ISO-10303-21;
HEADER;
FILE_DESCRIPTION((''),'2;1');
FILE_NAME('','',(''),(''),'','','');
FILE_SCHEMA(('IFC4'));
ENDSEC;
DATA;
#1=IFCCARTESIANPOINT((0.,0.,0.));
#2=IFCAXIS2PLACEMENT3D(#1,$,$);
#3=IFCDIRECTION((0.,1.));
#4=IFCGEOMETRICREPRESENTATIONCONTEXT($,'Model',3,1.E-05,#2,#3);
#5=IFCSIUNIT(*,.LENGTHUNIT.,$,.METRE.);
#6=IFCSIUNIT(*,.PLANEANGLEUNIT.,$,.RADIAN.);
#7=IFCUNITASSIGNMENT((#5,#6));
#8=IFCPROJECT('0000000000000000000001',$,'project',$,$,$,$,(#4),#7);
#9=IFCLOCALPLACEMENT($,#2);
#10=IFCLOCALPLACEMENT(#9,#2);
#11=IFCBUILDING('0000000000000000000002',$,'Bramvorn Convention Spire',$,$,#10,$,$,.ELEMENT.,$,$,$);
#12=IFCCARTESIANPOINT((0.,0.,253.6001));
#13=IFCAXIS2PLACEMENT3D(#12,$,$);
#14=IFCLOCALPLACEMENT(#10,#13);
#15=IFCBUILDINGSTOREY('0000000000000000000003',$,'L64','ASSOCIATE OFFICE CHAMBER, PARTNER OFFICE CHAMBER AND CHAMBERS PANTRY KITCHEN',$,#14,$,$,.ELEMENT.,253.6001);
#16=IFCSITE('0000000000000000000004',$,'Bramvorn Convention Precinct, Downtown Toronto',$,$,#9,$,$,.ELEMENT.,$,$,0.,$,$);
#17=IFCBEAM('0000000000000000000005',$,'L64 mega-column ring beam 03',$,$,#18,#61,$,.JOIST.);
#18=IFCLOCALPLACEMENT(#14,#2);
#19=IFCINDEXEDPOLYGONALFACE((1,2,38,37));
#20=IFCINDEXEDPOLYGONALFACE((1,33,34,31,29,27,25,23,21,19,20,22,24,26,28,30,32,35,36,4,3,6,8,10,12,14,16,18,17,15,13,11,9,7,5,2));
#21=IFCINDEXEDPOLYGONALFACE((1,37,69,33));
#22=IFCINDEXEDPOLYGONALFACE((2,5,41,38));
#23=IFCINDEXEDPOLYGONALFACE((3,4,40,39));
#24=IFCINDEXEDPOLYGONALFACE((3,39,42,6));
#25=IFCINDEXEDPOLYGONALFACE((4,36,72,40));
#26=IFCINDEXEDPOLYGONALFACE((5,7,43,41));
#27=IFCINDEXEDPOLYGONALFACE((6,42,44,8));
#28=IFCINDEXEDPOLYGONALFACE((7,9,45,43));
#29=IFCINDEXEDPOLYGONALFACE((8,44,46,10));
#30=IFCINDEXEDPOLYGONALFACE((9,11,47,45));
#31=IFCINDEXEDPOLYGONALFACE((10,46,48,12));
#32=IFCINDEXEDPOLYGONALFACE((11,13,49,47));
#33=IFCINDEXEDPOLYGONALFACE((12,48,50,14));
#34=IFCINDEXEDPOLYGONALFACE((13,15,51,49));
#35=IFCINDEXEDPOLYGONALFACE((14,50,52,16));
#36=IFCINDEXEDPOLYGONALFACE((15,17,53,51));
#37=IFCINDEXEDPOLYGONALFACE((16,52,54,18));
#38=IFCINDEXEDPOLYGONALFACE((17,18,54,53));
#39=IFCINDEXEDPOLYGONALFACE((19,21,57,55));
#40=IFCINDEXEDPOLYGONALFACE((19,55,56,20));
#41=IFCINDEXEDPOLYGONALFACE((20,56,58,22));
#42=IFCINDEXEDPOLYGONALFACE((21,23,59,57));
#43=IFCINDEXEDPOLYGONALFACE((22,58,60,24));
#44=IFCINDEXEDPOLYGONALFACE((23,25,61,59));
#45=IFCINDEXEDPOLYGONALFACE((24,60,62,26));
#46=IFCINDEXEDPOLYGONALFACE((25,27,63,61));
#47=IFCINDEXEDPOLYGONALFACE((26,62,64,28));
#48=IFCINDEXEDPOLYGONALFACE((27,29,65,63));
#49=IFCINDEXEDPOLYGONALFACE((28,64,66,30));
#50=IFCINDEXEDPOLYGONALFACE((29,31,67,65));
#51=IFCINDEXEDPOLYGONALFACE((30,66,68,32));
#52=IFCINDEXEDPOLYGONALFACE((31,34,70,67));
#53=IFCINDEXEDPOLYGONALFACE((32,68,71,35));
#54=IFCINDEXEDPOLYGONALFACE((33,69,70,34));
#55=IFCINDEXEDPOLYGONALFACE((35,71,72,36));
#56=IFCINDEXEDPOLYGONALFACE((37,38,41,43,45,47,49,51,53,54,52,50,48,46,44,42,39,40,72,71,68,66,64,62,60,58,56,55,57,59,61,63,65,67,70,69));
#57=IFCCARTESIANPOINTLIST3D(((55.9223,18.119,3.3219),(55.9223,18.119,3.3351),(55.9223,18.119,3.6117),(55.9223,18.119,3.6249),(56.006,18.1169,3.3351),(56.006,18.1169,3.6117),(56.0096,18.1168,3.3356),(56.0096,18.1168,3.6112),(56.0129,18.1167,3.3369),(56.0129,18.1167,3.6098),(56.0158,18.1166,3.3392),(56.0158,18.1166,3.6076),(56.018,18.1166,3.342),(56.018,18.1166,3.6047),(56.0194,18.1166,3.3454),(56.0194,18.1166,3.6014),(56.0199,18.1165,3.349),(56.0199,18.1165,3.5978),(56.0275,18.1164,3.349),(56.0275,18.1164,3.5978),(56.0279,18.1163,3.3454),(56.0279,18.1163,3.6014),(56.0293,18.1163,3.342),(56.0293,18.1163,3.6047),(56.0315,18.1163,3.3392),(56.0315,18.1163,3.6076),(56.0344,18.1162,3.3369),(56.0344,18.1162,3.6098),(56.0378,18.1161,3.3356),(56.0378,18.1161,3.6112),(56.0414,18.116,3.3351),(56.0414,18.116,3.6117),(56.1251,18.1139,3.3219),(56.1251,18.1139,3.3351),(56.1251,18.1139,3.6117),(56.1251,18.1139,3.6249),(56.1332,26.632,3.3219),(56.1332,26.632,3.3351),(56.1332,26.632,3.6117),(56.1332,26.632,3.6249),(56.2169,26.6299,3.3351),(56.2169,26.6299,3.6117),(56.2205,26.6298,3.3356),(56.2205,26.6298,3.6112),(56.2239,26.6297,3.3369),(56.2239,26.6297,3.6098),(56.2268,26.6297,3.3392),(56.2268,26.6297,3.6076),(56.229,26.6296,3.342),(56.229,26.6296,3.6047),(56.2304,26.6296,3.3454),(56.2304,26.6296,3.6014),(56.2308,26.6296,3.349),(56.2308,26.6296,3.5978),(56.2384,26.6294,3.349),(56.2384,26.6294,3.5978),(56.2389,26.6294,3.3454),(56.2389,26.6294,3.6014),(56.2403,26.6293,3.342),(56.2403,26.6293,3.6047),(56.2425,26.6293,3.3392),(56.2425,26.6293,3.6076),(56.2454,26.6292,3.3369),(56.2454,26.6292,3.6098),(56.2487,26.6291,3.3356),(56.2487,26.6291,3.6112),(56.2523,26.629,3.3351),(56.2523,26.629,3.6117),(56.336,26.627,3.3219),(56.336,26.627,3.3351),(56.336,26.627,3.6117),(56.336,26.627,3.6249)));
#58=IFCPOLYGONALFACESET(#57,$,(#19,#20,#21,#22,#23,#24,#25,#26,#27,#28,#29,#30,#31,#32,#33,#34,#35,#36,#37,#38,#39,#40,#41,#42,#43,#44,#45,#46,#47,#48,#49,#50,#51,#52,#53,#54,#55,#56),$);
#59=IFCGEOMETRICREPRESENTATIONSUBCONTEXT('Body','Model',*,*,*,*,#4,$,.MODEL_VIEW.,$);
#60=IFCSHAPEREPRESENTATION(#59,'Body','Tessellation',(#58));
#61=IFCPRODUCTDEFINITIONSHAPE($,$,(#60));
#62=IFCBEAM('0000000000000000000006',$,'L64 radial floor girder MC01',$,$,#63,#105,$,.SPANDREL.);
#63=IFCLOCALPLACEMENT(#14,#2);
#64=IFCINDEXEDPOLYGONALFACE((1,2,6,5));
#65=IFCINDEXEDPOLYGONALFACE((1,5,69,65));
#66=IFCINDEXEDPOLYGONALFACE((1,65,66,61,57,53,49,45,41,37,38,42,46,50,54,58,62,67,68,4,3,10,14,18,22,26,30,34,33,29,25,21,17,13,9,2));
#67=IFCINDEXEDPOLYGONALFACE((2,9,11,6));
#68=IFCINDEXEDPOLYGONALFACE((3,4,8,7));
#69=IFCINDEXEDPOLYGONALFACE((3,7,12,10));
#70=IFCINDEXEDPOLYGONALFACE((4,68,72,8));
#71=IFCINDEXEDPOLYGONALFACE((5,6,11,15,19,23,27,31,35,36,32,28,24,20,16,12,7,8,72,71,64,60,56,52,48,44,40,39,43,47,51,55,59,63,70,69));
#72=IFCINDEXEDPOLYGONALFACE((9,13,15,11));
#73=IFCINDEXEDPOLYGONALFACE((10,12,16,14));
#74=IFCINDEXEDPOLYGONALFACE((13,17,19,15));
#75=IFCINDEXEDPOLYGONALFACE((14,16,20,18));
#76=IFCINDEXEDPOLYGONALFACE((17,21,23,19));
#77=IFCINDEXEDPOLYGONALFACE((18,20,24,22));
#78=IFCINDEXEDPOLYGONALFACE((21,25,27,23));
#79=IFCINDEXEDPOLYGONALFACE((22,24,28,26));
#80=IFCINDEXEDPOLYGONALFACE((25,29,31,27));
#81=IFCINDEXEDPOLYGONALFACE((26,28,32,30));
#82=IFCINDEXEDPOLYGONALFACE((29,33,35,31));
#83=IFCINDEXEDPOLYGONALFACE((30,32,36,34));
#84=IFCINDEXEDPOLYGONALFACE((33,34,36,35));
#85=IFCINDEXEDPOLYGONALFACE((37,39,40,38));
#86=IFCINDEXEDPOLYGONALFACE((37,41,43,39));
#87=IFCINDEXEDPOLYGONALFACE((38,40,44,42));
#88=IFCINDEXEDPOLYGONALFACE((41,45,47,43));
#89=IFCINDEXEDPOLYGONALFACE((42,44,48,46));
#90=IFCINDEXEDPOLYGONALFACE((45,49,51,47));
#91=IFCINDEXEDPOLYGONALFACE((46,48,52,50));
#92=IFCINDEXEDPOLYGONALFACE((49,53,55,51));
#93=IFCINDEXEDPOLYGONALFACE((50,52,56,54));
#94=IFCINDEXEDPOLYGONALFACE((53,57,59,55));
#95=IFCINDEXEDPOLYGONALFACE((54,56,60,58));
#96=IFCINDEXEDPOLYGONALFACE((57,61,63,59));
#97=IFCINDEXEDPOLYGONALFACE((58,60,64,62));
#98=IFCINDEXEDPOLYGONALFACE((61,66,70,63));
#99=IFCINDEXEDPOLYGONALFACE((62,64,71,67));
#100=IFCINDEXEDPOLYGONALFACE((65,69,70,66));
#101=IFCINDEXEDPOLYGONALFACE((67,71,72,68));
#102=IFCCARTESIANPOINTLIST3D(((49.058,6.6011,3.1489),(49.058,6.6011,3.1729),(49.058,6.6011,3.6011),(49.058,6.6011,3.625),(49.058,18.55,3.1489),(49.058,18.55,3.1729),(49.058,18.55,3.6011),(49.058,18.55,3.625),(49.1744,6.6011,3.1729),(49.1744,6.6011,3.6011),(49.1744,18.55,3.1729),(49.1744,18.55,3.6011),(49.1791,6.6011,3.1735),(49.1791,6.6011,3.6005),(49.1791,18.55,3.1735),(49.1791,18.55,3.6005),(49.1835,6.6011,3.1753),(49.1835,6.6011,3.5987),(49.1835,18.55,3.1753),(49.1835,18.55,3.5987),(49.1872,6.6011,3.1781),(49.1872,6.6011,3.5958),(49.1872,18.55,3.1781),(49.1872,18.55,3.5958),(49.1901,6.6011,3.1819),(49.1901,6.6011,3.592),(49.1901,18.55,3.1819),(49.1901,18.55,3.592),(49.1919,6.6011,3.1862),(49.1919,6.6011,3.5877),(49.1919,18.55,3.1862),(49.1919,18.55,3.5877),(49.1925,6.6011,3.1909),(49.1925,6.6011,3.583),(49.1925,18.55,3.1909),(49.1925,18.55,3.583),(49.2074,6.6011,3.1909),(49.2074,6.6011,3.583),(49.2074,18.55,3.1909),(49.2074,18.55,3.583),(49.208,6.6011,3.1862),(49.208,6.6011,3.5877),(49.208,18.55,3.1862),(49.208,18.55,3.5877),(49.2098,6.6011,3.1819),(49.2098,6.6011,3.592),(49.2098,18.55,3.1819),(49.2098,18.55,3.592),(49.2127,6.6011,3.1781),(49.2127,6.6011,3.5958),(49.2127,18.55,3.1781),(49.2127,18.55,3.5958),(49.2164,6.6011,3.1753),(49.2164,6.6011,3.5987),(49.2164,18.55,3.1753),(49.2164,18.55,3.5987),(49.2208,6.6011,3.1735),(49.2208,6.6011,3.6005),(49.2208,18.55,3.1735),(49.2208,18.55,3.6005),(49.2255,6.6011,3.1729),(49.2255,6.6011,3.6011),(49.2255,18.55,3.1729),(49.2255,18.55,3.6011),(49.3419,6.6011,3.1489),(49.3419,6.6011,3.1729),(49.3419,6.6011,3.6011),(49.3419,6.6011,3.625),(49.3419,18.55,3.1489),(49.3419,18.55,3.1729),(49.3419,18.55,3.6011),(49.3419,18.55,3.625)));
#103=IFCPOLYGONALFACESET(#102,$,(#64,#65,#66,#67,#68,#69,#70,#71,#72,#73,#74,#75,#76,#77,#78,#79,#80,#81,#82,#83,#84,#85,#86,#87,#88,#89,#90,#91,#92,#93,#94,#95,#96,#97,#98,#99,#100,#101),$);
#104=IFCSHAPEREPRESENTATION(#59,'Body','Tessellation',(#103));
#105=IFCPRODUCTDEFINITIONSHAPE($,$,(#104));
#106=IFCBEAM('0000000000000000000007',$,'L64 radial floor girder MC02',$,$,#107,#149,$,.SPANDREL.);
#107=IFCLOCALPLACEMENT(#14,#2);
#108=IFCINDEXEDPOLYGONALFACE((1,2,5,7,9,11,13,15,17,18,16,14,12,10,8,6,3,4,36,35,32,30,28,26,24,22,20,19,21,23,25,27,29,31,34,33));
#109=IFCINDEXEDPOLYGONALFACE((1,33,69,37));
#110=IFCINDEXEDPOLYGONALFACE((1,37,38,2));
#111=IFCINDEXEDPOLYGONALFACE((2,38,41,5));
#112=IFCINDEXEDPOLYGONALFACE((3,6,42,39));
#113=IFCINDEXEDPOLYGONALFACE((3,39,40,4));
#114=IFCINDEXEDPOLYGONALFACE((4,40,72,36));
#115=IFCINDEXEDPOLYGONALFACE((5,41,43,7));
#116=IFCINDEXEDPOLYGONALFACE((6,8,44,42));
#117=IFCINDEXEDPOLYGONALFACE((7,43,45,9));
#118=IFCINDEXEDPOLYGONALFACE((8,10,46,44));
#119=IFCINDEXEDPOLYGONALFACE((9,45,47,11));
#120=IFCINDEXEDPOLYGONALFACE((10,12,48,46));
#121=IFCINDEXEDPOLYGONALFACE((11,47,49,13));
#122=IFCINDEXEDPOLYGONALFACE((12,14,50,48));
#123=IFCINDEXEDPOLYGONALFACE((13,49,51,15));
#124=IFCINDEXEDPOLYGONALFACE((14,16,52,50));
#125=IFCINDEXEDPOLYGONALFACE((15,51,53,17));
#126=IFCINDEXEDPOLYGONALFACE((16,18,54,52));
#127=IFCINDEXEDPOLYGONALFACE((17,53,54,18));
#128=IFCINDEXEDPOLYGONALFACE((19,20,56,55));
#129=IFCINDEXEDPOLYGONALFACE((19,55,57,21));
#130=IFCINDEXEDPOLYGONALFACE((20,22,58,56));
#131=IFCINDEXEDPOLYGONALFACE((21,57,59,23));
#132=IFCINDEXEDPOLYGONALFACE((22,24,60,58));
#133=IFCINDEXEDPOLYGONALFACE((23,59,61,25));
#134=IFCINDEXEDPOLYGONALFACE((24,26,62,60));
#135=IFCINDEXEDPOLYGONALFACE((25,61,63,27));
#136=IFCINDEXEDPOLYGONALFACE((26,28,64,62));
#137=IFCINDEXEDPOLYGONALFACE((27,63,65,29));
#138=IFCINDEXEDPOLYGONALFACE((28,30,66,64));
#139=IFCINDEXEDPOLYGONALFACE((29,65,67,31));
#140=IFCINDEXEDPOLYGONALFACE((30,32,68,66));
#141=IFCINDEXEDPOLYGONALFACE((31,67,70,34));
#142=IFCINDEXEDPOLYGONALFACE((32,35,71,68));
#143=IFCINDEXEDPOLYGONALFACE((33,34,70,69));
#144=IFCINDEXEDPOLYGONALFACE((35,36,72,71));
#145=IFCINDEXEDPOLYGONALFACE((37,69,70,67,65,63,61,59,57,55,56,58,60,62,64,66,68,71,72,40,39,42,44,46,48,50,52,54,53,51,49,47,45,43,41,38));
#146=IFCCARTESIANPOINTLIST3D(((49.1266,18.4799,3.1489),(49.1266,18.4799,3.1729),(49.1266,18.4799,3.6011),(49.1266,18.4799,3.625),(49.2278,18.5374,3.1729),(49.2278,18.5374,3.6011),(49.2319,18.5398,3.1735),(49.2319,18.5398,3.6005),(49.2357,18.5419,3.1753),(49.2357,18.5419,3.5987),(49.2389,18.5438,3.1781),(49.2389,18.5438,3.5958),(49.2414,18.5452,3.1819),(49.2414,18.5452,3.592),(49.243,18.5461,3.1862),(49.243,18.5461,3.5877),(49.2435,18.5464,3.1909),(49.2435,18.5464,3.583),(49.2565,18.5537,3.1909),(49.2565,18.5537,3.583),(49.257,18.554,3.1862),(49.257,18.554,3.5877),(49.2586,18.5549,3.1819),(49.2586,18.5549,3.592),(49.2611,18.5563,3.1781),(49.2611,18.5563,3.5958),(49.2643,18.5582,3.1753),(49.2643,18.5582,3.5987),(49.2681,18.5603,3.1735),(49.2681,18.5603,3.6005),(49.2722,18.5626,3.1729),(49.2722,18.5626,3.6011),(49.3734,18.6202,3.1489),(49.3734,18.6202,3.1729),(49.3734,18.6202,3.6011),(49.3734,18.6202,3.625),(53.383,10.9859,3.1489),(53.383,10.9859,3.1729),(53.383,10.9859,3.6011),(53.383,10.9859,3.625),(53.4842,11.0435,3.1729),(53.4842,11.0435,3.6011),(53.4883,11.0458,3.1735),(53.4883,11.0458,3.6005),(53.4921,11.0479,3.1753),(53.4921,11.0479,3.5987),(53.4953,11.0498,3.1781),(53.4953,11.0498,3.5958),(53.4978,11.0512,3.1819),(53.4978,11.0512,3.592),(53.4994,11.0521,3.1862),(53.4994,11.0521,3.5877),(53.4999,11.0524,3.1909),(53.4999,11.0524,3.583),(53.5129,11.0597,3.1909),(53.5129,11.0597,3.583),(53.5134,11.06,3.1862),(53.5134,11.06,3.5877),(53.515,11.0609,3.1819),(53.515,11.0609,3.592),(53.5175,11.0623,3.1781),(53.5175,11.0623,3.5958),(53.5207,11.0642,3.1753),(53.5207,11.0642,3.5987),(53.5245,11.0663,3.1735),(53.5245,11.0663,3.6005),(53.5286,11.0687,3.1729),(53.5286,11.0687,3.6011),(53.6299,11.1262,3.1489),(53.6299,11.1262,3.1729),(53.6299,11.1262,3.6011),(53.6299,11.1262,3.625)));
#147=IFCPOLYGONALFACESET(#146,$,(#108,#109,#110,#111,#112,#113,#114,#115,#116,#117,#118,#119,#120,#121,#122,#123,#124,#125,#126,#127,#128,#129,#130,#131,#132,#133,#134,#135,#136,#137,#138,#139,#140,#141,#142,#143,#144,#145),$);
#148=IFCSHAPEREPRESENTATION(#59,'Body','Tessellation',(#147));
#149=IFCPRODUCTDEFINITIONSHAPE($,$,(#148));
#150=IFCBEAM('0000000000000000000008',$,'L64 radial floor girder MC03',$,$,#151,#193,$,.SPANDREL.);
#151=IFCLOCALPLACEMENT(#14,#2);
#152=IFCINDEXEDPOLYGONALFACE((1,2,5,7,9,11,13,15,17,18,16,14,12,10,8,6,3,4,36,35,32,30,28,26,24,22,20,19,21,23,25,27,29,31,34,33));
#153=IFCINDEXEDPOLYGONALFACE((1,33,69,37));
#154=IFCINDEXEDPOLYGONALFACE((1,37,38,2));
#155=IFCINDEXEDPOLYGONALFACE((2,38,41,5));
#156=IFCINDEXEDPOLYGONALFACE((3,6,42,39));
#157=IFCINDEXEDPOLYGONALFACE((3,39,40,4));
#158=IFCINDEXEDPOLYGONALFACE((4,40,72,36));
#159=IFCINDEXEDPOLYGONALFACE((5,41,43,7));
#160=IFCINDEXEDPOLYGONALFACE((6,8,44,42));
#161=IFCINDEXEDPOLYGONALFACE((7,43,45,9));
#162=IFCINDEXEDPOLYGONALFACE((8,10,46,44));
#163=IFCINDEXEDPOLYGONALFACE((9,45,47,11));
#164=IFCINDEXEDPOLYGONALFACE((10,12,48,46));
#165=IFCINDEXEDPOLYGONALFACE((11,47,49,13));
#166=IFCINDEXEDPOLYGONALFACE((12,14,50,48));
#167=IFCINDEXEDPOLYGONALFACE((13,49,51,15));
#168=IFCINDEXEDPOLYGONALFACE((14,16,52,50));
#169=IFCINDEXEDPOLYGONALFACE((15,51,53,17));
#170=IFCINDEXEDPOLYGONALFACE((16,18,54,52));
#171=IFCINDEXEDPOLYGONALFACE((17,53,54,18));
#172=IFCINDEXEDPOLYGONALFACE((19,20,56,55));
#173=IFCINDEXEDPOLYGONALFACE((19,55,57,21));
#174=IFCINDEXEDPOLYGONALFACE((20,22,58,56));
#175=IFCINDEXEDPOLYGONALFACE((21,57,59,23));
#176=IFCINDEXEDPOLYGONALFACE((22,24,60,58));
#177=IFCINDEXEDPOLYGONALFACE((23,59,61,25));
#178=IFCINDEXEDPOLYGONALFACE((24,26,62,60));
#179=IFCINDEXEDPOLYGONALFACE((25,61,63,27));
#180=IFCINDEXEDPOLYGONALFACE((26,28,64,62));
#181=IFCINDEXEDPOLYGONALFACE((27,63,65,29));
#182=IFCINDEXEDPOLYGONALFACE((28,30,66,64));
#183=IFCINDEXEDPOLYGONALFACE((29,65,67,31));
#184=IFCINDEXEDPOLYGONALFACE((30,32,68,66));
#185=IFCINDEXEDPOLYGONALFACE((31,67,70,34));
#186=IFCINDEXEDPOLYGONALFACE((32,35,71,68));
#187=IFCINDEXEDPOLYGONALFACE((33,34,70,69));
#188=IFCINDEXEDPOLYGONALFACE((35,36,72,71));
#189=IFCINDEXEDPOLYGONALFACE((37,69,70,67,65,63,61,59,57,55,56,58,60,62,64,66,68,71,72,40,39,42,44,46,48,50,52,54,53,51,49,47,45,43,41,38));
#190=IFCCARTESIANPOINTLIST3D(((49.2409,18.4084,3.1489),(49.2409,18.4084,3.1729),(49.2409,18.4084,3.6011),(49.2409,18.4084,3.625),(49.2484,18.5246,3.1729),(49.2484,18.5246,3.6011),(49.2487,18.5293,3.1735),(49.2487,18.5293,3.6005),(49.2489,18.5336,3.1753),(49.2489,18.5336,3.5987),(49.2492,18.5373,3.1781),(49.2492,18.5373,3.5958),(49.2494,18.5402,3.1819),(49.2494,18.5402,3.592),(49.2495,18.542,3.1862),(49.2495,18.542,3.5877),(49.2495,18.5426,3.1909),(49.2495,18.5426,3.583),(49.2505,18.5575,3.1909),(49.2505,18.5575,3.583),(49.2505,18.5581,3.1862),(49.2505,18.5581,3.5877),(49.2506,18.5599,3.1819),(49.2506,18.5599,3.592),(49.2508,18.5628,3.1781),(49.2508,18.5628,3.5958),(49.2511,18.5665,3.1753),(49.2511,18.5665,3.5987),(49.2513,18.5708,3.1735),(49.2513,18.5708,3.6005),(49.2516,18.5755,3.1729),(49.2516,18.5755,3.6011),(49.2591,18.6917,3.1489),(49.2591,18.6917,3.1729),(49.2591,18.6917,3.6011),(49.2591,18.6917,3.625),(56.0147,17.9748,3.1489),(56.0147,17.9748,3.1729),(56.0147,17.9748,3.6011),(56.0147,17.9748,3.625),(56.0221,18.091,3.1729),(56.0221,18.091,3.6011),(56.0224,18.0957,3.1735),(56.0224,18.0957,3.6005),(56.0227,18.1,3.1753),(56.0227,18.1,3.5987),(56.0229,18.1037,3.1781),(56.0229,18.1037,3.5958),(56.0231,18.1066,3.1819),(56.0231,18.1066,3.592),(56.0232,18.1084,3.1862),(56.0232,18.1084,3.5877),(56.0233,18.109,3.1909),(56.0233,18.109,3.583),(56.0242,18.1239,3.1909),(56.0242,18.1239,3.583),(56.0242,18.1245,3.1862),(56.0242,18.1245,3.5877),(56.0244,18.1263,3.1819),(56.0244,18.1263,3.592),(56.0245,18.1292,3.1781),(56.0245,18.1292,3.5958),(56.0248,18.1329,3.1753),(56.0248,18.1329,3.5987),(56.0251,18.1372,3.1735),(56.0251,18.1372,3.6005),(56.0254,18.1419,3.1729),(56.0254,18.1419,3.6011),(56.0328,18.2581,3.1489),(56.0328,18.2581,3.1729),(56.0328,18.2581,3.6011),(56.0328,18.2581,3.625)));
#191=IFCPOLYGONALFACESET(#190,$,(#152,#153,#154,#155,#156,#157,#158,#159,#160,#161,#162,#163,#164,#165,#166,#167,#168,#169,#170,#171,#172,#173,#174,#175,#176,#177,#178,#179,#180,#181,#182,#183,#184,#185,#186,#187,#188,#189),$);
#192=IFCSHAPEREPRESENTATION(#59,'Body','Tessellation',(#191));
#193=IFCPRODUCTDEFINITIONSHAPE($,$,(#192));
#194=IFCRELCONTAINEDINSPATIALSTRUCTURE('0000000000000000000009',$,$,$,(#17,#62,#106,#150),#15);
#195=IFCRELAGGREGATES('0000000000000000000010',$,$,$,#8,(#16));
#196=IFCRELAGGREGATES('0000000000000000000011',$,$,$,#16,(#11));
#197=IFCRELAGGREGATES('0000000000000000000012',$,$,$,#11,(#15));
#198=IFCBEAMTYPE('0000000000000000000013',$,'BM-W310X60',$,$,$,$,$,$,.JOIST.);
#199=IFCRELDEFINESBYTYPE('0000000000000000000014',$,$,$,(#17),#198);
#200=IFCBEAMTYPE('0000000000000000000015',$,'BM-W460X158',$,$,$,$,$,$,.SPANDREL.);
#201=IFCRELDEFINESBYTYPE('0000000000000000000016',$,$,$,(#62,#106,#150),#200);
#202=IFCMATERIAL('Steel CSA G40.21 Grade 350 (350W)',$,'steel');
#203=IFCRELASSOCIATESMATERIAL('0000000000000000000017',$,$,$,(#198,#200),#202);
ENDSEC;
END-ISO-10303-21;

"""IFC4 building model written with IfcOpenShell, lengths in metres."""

from ifc_helpers import new_model, si_unit, direction, frame, origin, origin_2d, place, context, subcontext, project, spatial, i_section, extrude, material, material_profile, profile_set, type_object, element, save


model = new_model("IFC4")

# Units and contexts
model_context = context("Model", 3, precision=1e-05, world=origin(), true_north=direction((0.0, 1.0)))
body_context = subcontext(model_context, "Body", "Model", "MODEL_VIEW")
ifc_project = project(units=[si_unit("LENGTHUNIT", "METRE"), si_unit("PLANEANGLEUNIT", "RADIAN")], contexts=[model_context])

# Site, building, storey
site_placement = place(None, origin())
site = spatial("IfcSite", under=ifc_project, at=site_placement, Name="Bramvorn Convention Precinct, Downtown Toronto", CompositionType="ELEMENT", RefElevation=0.0)
building_placement = place(site_placement, origin())
building = spatial("IfcBuilding", under=site, at=building_placement, Name="Bramvorn Convention Spire", CompositionType="ELEMENT")
storey_placement = place(building_placement, frame((0.0, 0.0, 253.6001)))
storey = spatial("IfcBuildingStorey", under=building, at=storey_placement, Name="L64", Description="ASSOCIATE OFFICE CHAMBER, PARTNER OFFICE CHAMBER AND CHAMBERS PANTRY KITCHEN", CompositionType="ELEMENT", Elevation=253.6001)

# Shared definitions
ifc_material_1 = material(Name="Steel CSA G40.21 Grade 350 (350W)", Category="steel")

# Beams
ifc_material_profile_1 = material_profile(ifc_material_1, i_section(OverallWidth=0.2029, OverallDepth=0.303, WebThickness=0.0076, FlangeThickness=0.0132, FilletRadius=0.0139, at=origin_2d()))
ifc_profile_set_1 = profile_set([ifc_material_profile_1], Name="Steel CSA G40.21 Grade 350 (350W) - W310X60")
beam_type_1 = type_object("IfcBeamType", Name="BM-W310X60", PredefinedType="JOIST", material=ifc_profile_set_1)
beam_1_placement = place(storey_placement, frame((56.0237, 18.1165, 3.4734), z_axis=(0.024771, 0.999693, 0.0), x_axis=(-0.999693, 0.024771, 0.0)))
element("IfcBeam", 1, at=beam_1_placement, inside=storey, type_object=beam_type_1, Name="L64 mega-column ring beam 03", PredefinedType="JOIST", context=body_context, shape_type="SweptSolid", body=[
    extrude(i_section(OverallWidth=0.2029, OverallDepth=0.303, WebThickness=0.0076, FlangeThickness=0.0132, FilletRadius=0.0139, at=origin_2d()), origin(), (0.0, 0.0, 1.0), 8.5156),
])
ifc_material_profile_2 = material_profile(ifc_material_1, i_section(OverallWidth=0.2839, OverallDepth=0.4761, WebThickness=0.0149, FlangeThickness=0.0239, FilletRadius=0.0181, at=origin_2d()))
ifc_profile_set_2 = profile_set([ifc_material_profile_2], Name="Steel CSA G40.21 Grade 350 (350W) - W460X158")
beam_type_2 = type_object("IfcBeamType", Name="BM-W460X158", PredefinedType="SPANDREL", material=ifc_profile_set_2)
beam_2_placement = place(storey_placement, frame((49.2, 18.55, 3.387), z_axis=(0.0, -1.0, 0.0), x_axis=(1.0, 0.0, 0.0)))
element("IfcBeam", 2, at=beam_2_placement, inside=storey, type_object=beam_type_2, Name="L64 radial floor girder MC01", PredefinedType="SPANDREL", context=body_context, shape_type="SweptSolid", body=[
    extrude(i_section(OverallWidth=0.2839, OverallDepth=0.4761, WebThickness=0.0149, FlangeThickness=0.0239, FilletRadius=0.0181, at=origin_2d()), origin(), (0.0, 0.0, 1.0), 11.949),
])
beam_3_placement = place(storey_placement, frame((49.25, 18.55, 3.387), z_axis=(0.493874, -0.869534, 0.0), x_axis=(0.869534, 0.493874, 0.0)))
element("IfcBeam", 3, at=beam_3_placement, inside=storey, type_object=beam_type_2, Name="L64 radial floor girder MC02", PredefinedType="SPANDREL", context=body_context, shape_type="SweptSolid", body=[
    extrude(i_section(OverallWidth=0.2839, OverallDepth=0.4761, WebThickness=0.0149, FlangeThickness=0.0239, FilletRadius=0.0181, at=origin_2d()), origin(), (0.0, 0.0, 1.0), 8.6184),
])
beam_4_placement = place(storey_placement, frame((49.25, 18.55, 3.387), z_axis=(0.997958, -0.063881, 0.0), x_axis=(0.063881, 0.997958, 0.0)))
element("IfcBeam", 4, at=beam_4_placement, inside=storey, type_object=beam_type_2, Name="L64 radial floor girder MC03", PredefinedType="SPANDREL", context=body_context, shape_type="SweptSolid", body=[
    extrude(i_section(OverallWidth=0.2839, OverallDepth=0.4761, WebThickness=0.0149, FlangeThickness=0.0239, FilletRadius=0.0181, at=origin_2d()), origin(), (0.0, 0.0, 1.0), 6.7876),
])

save(model, "model.ifc")
